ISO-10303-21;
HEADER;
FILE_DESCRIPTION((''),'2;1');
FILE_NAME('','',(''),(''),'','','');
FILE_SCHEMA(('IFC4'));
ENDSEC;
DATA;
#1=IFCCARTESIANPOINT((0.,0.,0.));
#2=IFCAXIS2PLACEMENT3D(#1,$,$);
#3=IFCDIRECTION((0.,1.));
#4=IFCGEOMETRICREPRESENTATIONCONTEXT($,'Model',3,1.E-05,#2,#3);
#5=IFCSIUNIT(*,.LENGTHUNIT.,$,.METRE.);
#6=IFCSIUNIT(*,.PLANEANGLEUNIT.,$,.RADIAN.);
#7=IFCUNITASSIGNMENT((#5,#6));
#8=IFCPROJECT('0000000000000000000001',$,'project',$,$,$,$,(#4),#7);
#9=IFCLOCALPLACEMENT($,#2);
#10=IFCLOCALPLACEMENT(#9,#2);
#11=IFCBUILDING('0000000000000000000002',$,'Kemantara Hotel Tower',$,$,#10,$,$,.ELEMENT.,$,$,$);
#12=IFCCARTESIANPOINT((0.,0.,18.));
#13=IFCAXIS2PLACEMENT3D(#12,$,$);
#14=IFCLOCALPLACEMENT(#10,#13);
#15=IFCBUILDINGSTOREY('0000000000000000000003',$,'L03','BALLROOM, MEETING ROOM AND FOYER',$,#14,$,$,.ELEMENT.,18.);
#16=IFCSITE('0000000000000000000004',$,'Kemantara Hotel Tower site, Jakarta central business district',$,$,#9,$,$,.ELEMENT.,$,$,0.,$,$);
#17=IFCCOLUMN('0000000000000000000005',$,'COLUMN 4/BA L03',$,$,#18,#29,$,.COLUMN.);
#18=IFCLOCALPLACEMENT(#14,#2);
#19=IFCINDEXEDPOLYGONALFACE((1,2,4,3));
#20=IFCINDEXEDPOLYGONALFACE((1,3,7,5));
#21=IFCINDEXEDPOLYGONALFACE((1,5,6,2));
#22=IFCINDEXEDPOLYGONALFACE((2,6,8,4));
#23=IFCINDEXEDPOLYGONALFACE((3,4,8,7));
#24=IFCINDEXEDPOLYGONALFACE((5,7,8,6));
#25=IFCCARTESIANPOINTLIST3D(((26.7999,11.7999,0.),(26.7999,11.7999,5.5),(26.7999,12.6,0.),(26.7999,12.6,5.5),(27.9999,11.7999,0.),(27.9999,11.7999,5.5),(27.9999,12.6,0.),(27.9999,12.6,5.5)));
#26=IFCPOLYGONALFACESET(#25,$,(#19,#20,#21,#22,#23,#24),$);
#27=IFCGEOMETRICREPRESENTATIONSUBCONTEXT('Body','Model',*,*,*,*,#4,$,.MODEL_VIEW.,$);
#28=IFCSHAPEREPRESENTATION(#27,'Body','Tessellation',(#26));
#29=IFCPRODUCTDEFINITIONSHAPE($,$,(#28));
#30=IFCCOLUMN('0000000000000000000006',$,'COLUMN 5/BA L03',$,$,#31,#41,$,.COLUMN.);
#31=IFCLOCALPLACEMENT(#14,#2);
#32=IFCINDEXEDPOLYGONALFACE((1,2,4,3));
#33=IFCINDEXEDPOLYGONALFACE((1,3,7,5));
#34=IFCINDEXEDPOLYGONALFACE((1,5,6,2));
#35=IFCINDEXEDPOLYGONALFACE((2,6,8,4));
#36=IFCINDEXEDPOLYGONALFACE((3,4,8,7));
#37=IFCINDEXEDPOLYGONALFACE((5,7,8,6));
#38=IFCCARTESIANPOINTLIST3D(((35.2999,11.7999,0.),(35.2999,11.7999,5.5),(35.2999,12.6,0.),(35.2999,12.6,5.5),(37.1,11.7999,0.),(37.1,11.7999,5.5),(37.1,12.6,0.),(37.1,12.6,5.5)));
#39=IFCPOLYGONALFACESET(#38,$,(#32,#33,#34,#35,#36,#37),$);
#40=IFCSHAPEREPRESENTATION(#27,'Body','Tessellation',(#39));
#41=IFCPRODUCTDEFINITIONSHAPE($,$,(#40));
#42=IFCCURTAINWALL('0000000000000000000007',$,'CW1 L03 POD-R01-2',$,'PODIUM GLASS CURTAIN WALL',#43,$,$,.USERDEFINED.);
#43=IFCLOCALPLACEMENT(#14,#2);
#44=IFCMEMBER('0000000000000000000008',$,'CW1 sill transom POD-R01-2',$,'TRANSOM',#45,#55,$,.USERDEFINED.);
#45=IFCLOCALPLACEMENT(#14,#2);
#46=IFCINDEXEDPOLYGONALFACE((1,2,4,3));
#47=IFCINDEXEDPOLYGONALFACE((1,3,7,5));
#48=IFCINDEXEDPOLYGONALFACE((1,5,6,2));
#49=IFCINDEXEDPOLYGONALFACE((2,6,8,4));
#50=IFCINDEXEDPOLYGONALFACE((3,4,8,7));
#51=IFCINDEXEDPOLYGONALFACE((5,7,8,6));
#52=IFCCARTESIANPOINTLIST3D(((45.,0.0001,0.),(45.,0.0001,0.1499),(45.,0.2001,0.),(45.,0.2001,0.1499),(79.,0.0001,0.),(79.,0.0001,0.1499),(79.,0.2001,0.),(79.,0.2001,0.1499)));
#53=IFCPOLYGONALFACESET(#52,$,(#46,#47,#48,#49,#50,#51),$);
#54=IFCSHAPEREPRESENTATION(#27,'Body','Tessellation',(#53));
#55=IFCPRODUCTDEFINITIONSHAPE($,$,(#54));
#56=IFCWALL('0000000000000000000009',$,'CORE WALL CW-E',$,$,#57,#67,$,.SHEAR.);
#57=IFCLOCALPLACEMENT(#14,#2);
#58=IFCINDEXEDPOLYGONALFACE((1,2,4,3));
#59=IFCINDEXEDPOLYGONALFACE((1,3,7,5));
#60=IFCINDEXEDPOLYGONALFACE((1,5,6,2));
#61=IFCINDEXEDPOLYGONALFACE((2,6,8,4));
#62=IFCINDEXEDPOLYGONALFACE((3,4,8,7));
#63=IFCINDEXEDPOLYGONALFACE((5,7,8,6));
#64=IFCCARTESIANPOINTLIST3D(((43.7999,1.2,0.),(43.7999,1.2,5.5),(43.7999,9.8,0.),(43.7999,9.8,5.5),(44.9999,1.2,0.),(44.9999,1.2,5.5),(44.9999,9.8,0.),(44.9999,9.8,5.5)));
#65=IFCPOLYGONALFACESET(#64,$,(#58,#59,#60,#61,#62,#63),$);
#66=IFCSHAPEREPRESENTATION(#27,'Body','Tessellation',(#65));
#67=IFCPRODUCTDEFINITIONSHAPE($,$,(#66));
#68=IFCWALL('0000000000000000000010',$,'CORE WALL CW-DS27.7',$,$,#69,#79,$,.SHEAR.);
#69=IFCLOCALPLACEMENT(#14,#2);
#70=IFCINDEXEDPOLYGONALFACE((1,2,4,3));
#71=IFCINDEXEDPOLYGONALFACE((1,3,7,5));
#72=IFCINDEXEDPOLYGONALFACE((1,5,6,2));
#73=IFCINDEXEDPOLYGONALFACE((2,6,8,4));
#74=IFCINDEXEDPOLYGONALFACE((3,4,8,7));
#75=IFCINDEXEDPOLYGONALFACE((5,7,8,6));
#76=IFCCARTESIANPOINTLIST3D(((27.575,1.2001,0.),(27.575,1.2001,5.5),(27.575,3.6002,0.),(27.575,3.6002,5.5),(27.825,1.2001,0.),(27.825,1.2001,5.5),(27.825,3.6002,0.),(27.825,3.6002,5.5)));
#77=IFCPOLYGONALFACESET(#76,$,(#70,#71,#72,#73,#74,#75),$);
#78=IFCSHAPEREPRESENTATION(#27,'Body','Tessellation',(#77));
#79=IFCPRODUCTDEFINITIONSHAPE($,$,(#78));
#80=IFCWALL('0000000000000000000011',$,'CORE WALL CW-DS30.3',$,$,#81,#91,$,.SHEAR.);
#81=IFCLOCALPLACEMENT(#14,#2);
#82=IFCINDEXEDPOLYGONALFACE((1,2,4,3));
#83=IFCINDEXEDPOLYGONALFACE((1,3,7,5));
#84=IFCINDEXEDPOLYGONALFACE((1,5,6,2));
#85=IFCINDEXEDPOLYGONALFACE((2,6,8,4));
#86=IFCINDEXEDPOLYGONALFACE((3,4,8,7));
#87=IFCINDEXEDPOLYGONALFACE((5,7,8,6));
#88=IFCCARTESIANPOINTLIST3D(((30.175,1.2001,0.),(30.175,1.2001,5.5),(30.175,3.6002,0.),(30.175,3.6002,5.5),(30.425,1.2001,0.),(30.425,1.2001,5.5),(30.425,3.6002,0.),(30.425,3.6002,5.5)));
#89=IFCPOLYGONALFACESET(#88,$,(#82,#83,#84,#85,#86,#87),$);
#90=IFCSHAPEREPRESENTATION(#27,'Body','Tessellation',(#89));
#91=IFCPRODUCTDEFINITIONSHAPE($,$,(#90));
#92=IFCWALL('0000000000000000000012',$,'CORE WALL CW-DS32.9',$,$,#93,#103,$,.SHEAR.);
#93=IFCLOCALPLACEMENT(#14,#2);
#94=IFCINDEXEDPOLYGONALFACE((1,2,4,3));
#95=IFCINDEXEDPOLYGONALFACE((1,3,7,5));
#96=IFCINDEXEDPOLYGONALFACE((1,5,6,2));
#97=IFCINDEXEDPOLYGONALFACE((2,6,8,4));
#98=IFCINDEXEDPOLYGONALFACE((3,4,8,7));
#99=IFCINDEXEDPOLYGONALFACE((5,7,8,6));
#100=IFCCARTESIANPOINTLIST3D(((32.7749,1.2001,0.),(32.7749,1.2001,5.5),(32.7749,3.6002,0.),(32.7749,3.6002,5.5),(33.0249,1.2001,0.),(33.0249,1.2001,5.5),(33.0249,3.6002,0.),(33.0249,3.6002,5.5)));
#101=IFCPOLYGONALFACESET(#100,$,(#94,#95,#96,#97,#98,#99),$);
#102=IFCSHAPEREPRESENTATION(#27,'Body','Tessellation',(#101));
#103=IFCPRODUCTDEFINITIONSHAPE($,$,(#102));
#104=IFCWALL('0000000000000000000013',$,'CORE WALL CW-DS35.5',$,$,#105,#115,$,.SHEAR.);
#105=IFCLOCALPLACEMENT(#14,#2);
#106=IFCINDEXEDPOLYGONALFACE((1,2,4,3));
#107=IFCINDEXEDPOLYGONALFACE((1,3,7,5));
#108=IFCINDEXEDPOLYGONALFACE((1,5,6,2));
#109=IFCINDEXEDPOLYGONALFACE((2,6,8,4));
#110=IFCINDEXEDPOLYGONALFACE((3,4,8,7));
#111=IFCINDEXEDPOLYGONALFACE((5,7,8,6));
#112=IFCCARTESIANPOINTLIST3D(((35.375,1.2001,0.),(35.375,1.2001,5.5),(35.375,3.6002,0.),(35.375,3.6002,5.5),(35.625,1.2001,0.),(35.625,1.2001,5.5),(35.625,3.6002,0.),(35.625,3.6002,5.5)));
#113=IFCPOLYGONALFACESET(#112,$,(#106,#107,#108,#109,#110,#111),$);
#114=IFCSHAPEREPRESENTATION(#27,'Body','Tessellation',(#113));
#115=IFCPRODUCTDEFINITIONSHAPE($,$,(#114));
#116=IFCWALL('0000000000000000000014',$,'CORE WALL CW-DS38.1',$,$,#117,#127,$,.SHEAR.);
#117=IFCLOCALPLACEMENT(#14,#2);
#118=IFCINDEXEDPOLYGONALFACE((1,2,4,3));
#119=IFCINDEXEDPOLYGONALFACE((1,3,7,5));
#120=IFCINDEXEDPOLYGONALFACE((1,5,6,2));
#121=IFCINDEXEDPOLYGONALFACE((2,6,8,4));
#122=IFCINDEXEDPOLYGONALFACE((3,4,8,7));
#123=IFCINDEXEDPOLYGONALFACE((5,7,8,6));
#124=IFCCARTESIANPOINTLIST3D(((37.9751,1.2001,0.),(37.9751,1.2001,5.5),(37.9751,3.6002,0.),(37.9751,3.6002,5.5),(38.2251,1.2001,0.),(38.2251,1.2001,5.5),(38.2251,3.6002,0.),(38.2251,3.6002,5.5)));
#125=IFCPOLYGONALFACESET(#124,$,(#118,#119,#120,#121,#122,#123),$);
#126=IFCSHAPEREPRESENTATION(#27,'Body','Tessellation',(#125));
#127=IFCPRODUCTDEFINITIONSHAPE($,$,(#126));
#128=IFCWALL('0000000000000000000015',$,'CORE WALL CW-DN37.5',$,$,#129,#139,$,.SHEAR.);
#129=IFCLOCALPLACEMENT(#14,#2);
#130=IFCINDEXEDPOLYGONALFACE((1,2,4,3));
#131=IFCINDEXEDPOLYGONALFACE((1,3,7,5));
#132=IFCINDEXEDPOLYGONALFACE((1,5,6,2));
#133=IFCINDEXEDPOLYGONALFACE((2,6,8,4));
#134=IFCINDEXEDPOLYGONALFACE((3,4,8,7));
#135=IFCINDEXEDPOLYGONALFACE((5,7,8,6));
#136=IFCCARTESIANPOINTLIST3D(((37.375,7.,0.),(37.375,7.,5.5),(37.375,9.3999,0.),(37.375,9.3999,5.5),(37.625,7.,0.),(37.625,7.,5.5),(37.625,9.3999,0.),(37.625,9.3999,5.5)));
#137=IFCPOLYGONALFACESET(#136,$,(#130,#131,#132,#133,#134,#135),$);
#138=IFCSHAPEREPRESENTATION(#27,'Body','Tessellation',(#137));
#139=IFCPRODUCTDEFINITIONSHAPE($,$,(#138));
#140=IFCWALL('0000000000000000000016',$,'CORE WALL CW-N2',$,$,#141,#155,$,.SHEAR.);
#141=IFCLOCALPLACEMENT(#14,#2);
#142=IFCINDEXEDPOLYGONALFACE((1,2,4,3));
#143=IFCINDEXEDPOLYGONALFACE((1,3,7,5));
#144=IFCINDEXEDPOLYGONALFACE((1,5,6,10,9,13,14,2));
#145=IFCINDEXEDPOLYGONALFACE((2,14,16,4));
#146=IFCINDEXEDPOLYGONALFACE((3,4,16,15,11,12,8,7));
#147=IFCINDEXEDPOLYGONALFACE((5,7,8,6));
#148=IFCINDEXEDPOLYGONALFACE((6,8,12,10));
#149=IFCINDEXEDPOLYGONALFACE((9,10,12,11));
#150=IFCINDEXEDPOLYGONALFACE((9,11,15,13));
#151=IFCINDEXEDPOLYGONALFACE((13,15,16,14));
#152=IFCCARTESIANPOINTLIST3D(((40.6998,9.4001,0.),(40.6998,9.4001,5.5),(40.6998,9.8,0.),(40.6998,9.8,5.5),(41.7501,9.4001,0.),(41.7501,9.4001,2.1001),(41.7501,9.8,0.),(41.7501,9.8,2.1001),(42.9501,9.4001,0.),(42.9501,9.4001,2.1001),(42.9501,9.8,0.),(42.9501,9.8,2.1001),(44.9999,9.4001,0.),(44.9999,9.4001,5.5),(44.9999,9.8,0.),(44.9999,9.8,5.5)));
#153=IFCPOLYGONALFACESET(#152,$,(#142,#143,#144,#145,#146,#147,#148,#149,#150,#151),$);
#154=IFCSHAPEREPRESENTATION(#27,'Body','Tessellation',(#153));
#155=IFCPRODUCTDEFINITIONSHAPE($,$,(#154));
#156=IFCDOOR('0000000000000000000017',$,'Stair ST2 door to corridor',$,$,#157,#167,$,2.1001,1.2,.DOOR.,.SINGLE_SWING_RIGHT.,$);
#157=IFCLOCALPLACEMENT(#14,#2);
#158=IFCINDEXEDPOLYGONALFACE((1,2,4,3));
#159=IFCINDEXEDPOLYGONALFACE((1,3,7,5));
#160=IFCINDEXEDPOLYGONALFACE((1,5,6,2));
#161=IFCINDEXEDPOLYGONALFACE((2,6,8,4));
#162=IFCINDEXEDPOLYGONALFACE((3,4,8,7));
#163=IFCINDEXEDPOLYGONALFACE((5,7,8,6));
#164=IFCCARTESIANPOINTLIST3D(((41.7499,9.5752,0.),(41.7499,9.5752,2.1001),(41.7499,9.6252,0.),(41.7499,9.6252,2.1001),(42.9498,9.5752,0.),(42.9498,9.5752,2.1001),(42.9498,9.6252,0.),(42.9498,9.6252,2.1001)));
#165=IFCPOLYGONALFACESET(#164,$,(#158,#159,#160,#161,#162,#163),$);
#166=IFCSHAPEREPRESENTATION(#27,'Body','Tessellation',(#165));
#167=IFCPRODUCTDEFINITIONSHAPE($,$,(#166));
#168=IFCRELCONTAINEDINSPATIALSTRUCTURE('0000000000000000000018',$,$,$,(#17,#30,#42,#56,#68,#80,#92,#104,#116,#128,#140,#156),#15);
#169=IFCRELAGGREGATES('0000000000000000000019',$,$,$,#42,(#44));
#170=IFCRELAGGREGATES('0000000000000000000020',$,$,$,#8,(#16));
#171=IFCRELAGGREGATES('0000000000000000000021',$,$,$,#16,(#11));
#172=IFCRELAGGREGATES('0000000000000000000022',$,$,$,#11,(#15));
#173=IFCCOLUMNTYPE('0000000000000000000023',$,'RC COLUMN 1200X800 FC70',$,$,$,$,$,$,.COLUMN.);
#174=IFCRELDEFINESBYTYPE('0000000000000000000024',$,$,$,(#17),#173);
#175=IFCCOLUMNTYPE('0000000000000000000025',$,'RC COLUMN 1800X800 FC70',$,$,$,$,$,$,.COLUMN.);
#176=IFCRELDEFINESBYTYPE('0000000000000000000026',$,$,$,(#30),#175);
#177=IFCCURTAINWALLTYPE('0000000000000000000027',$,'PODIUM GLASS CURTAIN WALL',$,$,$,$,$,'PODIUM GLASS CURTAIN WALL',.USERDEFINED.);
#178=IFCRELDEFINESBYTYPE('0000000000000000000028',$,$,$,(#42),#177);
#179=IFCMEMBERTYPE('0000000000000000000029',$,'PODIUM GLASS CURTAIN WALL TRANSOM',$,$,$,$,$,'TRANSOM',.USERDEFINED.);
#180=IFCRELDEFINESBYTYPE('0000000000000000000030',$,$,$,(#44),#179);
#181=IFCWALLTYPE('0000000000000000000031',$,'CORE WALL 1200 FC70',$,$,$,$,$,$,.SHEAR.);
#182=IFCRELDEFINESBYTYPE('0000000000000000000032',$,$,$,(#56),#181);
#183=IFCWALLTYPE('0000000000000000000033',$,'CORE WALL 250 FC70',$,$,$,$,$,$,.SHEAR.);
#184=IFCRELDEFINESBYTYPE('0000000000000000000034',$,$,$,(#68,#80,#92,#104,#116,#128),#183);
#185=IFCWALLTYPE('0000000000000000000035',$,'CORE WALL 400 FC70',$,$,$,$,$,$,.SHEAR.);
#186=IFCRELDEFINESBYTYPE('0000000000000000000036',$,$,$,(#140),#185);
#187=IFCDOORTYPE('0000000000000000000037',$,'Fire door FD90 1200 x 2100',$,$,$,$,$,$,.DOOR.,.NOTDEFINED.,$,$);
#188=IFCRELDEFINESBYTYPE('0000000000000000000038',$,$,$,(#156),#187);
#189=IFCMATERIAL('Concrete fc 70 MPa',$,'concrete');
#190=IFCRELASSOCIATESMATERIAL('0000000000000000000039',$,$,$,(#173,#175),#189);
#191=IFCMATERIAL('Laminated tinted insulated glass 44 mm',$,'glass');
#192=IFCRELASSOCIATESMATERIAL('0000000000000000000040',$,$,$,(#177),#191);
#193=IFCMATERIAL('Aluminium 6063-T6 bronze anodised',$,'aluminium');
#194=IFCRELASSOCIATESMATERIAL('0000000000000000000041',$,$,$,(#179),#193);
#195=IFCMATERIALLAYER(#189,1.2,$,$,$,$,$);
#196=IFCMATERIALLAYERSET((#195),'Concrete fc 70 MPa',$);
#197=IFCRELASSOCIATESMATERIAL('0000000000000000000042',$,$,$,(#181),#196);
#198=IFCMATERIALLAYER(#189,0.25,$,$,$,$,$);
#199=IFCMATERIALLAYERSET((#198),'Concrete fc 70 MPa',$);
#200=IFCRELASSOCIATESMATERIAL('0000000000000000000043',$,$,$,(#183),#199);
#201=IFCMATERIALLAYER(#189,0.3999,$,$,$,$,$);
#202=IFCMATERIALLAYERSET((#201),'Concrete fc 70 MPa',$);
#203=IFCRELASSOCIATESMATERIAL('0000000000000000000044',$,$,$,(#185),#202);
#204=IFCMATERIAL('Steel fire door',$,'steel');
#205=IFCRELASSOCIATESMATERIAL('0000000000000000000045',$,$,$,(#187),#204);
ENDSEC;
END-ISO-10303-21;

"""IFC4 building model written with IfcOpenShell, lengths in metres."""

from ifc_helpers import new_model, si_unit, direction, frame, frame_2d, origin, origin_2d, place, context, subcontext, project, spatial, rectangle, extrude, material, layer, layer_set, material_profile, profile_set, type_object, element, fill, aggregate, save


model = new_model("IFC4")

# Units and contexts
model_context = context("Model", 3, precision=1e-05, world=origin(), true_north=direction((0.0, 1.0)))
body_context = subcontext(model_context, "Body", "Model", "MODEL_VIEW")
ifc_project = project(units=[si_unit("LENGTHUNIT", "METRE"), si_unit("PLANEANGLEUNIT", "RADIAN")], contexts=[model_context])

# Site, building, storey
site_placement = place(None, origin())
site = spatial("IfcSite", under=ifc_project, at=site_placement, Name="Kemantara Hotel Tower site, Jakarta central business district", CompositionType="ELEMENT", RefElevation=0.0)
building_placement = place(site_placement, origin())
building = spatial("IfcBuilding", under=site, at=building_placement, Name="Kemantara Hotel Tower", CompositionType="ELEMENT")
storey_placement = place(building_placement, frame((0.0, 0.0, 18.0)))
storey = spatial("IfcBuildingStorey", under=building, at=storey_placement, Name="L03", Description="BALLROOM, MEETING ROOM AND FOYER", CompositionType="ELEMENT", Elevation=18.0)

# Columns
ifc_material_1 = material(Name="Concrete fc 70 MPa", Category="concrete")
ifc_material_profile_1 = material_profile(ifc_material_1, rectangle(XDim=1.2, YDim=0.8, at=origin_2d()), Name="RC 1200X800")
ifc_profile_set_1 = profile_set([ifc_material_profile_1], Name="Concrete fc 70 MPa")
column_type_1 = type_object("IfcColumnType", Name="RC COLUMN 1200X800 FC70", PredefinedType="COLUMN", material=ifc_profile_set_1)
column_1_placement = place(storey_placement, frame((27.3999, 12.2, 0.0), z_axis=(0.0, 0.0, 1.0), x_axis=(1.0, 0.0, 0.0)))
element("IfcColumn", 1, at=column_1_placement, inside=storey, type_object=column_type_1, Name="COLUMN 4/BA L03", PredefinedType="COLUMN", context=body_context, shape_type="SweptSolid", body=[
    extrude(rectangle(XDim=1.2, YDim=0.8, at=origin_2d()), origin(), (0.0, 0.0, 1.0), 5.5),
])
ifc_material_profile_2 = material_profile(ifc_material_1, rectangle(XDim=1.8, YDim=0.8, at=origin_2d()), Name="RC 1800X800")
ifc_profile_set_2 = profile_set([ifc_material_profile_2], Name="Concrete fc 70 MPa")
column_type_2 = type_object("IfcColumnType", Name="RC COLUMN 1800X800 FC70", PredefinedType="COLUMN", material=ifc_profile_set_2)
column_2_placement = place(storey_placement, frame((36.2, 12.2, 0.0), z_axis=(0.0, 0.0, 1.0), x_axis=(1.0, 0.0, 0.0)))
element("IfcColumn", 2, at=column_2_placement, inside=storey, type_object=column_type_2, Name="COLUMN 5/BA L03", PredefinedType="COLUMN", context=body_context, shape_type="SweptSolid", body=[
    extrude(rectangle(XDim=1.8, YDim=0.8, at=origin_2d()), origin(), (0.0, 0.0, 1.0), 5.5),
])

# Curtain wall, member
ifc_material_2 = material(Name="Laminated tinted insulated glass 44 mm", Category="glass")
curtain_wall_type = type_object("IfcCurtainWallType", Name="PODIUM GLASS CURTAIN WALL", ElementType="PODIUM GLASS CURTAIN WALL", PredefinedType="USERDEFINED", material=ifc_material_2)
curtain_wall_placement = place(storey_placement, origin())
curtain_wall = element("IfcCurtainWall", 3, at=curtain_wall_placement, inside=storey, type_object=curtain_wall_type, Name="CW1 L03 POD-R01-2", ObjectType="PODIUM GLASS CURTAIN WALL", PredefinedType="USERDEFINED")
ifc_material_3 = material(Name="Aluminium 6063-T6 bronze anodised", Category="aluminium")
ifc_material_profile_3 = material_profile(ifc_material_3, rectangle(XDim=0.2, YDim=0.1499, at=origin_2d()), Name="PODIUM GLASS CURTAIN WALL TRANSOM")
ifc_profile_set_3 = profile_set([ifc_material_profile_3], Name="Aluminium 6063-T6 bronze anodised")
member_type = type_object("IfcMemberType", Name="PODIUM GLASS CURTAIN WALL TRANSOM", ElementType="TRANSOM", PredefinedType="USERDEFINED", material=ifc_profile_set_3)
member_placement = place(storey_placement, frame((45.0, 0.1001, 0.075), z_axis=(1.0, 0.0, 0.0), x_axis=(0.0, 1.0, 0.0)))
member = element("IfcMember", 4, at=member_placement, type_object=member_type, Name="CW1 sill transom POD-R01-2", ObjectType="TRANSOM", PredefinedType="USERDEFINED", context=body_context, shape_type="SweptSolid", body=[
    extrude(rectangle(XDim=0.2, YDim=0.1499, at=origin_2d()), origin(), (0.0, 0.0, 1.0), 34.0),
])
aggregate(curtain_wall, [member])

# Walls
ifc_layer_1 = layer(ifc_material_1, 1.2)
ifc_layer_set_1 = layer_set([ifc_layer_1], Name="Concrete fc 70 MPa")
wall_type_1 = type_object("IfcWallType", Name="CORE WALL 1200 FC70", PredefinedType="SHEAR", material=ifc_layer_set_1)
wall_1_placement = place(storey_placement, frame((44.3999, 1.2, 0.0), z_axis=(0.0, 0.0, 1.0), x_axis=(0.0, 1.0, 0.0)))
element("IfcWall", 5, at=wall_1_placement, inside=storey, type_object=wall_type_1, Name="CORE WALL CW-E", PredefinedType="SHEAR", context=body_context, shape_type="SweptSolid", body=[
    extrude(rectangle(XDim=8.6001, YDim=1.2, at=frame_2d((4.3, 0.0))), origin(), (0.0, 0.0, 1.0), 5.5),
])
ifc_layer_2 = layer(ifc_material_1, 0.25)
ifc_layer_set_2 = layer_set([ifc_layer_2], Name="Concrete fc 70 MPa")
wall_type_2 = type_object("IfcWallType", Name="CORE WALL 250 FC70", PredefinedType="SHEAR", material=ifc_layer_set_2)
for number, where, z_axis, x_axis, name in (
    (6, (27.7, 1.2, 0.0), (0.0, 0.0, 1.0), (0.0, 1.0, 0.0), "CORE WALL CW-DS27.7"),
    (7, (30.3, 1.2, 0.0), (0.0, 0.0, 1.0), (0.0, 1.0, 0.0), "CORE WALL CW-DS30.3"),
    (8, (32.8999, 1.2, 0.0), (0.0, 0.0, 1.0), (0.0, 1.0, 0.0), "CORE WALL CW-DS32.9"),
    (9, (35.5, 1.2, 0.0), (0.0, 0.0, 1.0), (0.0, 1.0, 0.0), "CORE WALL CW-DS35.5"),
    (10, (38.1001, 1.2, 0.0), (0.0, 0.0, 1.0), (0.0, 1.0, 0.0), "CORE WALL CW-DS38.1"),
):
    element("IfcWall", number, at=place(storey_placement, frame(where, z_axis=z_axis, x_axis=x_axis)), inside=storey, type_object=wall_type_2, Name=name, PredefinedType="SHEAR", context=body_context, shape_type="SweptSolid", body=[
        extrude(rectangle(XDim=2.4001, YDim=0.25, at=frame_2d((1.2002, 0.0))), origin(), (0.0, 0.0, 1.0), 5.5),
    ])
wall_2_placement = place(storey_placement, frame((37.5, 7.0, 0.0), z_axis=(0.0, 0.0, 1.0), x_axis=(0.0, 1.0, 0.0)))
element("IfcWall", 11, at=wall_2_placement, inside=storey, type_object=wall_type_2, Name="CORE WALL CW-DN37.5", PredefinedType="SHEAR", context=body_context, shape_type="SweptSolid", body=[
    extrude(rectangle(XDim=2.3999, YDim=0.25, at=frame_2d((1.2, 0.0))), origin(), (0.0, 0.0, 1.0), 5.5),
])

# Wall, opening, door
ifc_layer_3 = layer(ifc_material_1, 0.3999)
ifc_layer_set_3 = layer_set([ifc_layer_3], Name="Concrete fc 70 MPa")
wall_type_3 = type_object("IfcWallType", Name="CORE WALL 400 FC70", PredefinedType="SHEAR", material=ifc_layer_set_3)
wall_3_placement = place(storey_placement, frame((40.7, 9.6001, 0.0), z_axis=(0.0, 0.0, 1.0), x_axis=(1.0, 0.0, 0.0)))
wall_3 = element("IfcWall", 12, at=wall_3_placement, inside=storey, type_object=wall_type_3, Name="CORE WALL CW-N2", PredefinedType="SHEAR", context=body_context, shape_type="SweptSolid", body=[
    extrude(rectangle(XDim=4.3, YDim=0.3999, at=frame_2d((2.1499, 0.0))), origin(), (0.0, 0.0, 1.0), 5.5),
])
opening_1_placement = place(wall_3_placement, frame((1.05, 0.0, 0.0)))
opening_1 = element("IfcOpeningElement", 13, at=opening_1_placement, cuts=wall_3, PredefinedType="OPENING", context=body_context, shape_type="SweptSolid", body=[
    extrude(rectangle(XDim=1.2, YDim=2.1001, at=frame_2d((0.6001, 1.05))), frame((0.0, 0.21, 0.0), z_axis=(0.0, -1.0, 0.0), x_axis=(1.0, 0.0, 0.0)), (0.0, 0.0, 1.0), 0.4199),
])
ifc_material_4 = material(Name="Steel fire door", Category="steel")
door_type_1 = type_object("IfcDoorType", Name="Fire door FD90 1200 x 2100", OperationType="NOTDEFINED", PredefinedType="DOOR", material=ifc_material_4)
door_1_placement = place(opening_1_placement, frame((1.2, 0.0, 0.0), z_axis=(0.0, 0.0, 1.0), x_axis=(-1.0, 0.0, 0.0)))
door_1 = element("IfcDoor", 14, at=door_1_placement, inside=storey, type_object=door_type_1, Name="Stair ST2 door to corridor", OperationType="SINGLE_SWING_RIGHT", OverallHeight=2.1001, OverallWidth=1.2, PredefinedType="DOOR", context=body_context, shape_type="SweptSolid", body=[
    extrude(rectangle(XDim=1.2, YDim=2.1001, at=frame_2d((0.6001, 1.05))), frame((0.0, 0.0249, 0.0), z_axis=(0.0, -1.0, 0.0), x_axis=(1.0, 0.0, 0.0)), (0.0, 0.0, 1.0), 0.05),
])
fill(opening_1, door_1)

save(model, "model.ifc")
